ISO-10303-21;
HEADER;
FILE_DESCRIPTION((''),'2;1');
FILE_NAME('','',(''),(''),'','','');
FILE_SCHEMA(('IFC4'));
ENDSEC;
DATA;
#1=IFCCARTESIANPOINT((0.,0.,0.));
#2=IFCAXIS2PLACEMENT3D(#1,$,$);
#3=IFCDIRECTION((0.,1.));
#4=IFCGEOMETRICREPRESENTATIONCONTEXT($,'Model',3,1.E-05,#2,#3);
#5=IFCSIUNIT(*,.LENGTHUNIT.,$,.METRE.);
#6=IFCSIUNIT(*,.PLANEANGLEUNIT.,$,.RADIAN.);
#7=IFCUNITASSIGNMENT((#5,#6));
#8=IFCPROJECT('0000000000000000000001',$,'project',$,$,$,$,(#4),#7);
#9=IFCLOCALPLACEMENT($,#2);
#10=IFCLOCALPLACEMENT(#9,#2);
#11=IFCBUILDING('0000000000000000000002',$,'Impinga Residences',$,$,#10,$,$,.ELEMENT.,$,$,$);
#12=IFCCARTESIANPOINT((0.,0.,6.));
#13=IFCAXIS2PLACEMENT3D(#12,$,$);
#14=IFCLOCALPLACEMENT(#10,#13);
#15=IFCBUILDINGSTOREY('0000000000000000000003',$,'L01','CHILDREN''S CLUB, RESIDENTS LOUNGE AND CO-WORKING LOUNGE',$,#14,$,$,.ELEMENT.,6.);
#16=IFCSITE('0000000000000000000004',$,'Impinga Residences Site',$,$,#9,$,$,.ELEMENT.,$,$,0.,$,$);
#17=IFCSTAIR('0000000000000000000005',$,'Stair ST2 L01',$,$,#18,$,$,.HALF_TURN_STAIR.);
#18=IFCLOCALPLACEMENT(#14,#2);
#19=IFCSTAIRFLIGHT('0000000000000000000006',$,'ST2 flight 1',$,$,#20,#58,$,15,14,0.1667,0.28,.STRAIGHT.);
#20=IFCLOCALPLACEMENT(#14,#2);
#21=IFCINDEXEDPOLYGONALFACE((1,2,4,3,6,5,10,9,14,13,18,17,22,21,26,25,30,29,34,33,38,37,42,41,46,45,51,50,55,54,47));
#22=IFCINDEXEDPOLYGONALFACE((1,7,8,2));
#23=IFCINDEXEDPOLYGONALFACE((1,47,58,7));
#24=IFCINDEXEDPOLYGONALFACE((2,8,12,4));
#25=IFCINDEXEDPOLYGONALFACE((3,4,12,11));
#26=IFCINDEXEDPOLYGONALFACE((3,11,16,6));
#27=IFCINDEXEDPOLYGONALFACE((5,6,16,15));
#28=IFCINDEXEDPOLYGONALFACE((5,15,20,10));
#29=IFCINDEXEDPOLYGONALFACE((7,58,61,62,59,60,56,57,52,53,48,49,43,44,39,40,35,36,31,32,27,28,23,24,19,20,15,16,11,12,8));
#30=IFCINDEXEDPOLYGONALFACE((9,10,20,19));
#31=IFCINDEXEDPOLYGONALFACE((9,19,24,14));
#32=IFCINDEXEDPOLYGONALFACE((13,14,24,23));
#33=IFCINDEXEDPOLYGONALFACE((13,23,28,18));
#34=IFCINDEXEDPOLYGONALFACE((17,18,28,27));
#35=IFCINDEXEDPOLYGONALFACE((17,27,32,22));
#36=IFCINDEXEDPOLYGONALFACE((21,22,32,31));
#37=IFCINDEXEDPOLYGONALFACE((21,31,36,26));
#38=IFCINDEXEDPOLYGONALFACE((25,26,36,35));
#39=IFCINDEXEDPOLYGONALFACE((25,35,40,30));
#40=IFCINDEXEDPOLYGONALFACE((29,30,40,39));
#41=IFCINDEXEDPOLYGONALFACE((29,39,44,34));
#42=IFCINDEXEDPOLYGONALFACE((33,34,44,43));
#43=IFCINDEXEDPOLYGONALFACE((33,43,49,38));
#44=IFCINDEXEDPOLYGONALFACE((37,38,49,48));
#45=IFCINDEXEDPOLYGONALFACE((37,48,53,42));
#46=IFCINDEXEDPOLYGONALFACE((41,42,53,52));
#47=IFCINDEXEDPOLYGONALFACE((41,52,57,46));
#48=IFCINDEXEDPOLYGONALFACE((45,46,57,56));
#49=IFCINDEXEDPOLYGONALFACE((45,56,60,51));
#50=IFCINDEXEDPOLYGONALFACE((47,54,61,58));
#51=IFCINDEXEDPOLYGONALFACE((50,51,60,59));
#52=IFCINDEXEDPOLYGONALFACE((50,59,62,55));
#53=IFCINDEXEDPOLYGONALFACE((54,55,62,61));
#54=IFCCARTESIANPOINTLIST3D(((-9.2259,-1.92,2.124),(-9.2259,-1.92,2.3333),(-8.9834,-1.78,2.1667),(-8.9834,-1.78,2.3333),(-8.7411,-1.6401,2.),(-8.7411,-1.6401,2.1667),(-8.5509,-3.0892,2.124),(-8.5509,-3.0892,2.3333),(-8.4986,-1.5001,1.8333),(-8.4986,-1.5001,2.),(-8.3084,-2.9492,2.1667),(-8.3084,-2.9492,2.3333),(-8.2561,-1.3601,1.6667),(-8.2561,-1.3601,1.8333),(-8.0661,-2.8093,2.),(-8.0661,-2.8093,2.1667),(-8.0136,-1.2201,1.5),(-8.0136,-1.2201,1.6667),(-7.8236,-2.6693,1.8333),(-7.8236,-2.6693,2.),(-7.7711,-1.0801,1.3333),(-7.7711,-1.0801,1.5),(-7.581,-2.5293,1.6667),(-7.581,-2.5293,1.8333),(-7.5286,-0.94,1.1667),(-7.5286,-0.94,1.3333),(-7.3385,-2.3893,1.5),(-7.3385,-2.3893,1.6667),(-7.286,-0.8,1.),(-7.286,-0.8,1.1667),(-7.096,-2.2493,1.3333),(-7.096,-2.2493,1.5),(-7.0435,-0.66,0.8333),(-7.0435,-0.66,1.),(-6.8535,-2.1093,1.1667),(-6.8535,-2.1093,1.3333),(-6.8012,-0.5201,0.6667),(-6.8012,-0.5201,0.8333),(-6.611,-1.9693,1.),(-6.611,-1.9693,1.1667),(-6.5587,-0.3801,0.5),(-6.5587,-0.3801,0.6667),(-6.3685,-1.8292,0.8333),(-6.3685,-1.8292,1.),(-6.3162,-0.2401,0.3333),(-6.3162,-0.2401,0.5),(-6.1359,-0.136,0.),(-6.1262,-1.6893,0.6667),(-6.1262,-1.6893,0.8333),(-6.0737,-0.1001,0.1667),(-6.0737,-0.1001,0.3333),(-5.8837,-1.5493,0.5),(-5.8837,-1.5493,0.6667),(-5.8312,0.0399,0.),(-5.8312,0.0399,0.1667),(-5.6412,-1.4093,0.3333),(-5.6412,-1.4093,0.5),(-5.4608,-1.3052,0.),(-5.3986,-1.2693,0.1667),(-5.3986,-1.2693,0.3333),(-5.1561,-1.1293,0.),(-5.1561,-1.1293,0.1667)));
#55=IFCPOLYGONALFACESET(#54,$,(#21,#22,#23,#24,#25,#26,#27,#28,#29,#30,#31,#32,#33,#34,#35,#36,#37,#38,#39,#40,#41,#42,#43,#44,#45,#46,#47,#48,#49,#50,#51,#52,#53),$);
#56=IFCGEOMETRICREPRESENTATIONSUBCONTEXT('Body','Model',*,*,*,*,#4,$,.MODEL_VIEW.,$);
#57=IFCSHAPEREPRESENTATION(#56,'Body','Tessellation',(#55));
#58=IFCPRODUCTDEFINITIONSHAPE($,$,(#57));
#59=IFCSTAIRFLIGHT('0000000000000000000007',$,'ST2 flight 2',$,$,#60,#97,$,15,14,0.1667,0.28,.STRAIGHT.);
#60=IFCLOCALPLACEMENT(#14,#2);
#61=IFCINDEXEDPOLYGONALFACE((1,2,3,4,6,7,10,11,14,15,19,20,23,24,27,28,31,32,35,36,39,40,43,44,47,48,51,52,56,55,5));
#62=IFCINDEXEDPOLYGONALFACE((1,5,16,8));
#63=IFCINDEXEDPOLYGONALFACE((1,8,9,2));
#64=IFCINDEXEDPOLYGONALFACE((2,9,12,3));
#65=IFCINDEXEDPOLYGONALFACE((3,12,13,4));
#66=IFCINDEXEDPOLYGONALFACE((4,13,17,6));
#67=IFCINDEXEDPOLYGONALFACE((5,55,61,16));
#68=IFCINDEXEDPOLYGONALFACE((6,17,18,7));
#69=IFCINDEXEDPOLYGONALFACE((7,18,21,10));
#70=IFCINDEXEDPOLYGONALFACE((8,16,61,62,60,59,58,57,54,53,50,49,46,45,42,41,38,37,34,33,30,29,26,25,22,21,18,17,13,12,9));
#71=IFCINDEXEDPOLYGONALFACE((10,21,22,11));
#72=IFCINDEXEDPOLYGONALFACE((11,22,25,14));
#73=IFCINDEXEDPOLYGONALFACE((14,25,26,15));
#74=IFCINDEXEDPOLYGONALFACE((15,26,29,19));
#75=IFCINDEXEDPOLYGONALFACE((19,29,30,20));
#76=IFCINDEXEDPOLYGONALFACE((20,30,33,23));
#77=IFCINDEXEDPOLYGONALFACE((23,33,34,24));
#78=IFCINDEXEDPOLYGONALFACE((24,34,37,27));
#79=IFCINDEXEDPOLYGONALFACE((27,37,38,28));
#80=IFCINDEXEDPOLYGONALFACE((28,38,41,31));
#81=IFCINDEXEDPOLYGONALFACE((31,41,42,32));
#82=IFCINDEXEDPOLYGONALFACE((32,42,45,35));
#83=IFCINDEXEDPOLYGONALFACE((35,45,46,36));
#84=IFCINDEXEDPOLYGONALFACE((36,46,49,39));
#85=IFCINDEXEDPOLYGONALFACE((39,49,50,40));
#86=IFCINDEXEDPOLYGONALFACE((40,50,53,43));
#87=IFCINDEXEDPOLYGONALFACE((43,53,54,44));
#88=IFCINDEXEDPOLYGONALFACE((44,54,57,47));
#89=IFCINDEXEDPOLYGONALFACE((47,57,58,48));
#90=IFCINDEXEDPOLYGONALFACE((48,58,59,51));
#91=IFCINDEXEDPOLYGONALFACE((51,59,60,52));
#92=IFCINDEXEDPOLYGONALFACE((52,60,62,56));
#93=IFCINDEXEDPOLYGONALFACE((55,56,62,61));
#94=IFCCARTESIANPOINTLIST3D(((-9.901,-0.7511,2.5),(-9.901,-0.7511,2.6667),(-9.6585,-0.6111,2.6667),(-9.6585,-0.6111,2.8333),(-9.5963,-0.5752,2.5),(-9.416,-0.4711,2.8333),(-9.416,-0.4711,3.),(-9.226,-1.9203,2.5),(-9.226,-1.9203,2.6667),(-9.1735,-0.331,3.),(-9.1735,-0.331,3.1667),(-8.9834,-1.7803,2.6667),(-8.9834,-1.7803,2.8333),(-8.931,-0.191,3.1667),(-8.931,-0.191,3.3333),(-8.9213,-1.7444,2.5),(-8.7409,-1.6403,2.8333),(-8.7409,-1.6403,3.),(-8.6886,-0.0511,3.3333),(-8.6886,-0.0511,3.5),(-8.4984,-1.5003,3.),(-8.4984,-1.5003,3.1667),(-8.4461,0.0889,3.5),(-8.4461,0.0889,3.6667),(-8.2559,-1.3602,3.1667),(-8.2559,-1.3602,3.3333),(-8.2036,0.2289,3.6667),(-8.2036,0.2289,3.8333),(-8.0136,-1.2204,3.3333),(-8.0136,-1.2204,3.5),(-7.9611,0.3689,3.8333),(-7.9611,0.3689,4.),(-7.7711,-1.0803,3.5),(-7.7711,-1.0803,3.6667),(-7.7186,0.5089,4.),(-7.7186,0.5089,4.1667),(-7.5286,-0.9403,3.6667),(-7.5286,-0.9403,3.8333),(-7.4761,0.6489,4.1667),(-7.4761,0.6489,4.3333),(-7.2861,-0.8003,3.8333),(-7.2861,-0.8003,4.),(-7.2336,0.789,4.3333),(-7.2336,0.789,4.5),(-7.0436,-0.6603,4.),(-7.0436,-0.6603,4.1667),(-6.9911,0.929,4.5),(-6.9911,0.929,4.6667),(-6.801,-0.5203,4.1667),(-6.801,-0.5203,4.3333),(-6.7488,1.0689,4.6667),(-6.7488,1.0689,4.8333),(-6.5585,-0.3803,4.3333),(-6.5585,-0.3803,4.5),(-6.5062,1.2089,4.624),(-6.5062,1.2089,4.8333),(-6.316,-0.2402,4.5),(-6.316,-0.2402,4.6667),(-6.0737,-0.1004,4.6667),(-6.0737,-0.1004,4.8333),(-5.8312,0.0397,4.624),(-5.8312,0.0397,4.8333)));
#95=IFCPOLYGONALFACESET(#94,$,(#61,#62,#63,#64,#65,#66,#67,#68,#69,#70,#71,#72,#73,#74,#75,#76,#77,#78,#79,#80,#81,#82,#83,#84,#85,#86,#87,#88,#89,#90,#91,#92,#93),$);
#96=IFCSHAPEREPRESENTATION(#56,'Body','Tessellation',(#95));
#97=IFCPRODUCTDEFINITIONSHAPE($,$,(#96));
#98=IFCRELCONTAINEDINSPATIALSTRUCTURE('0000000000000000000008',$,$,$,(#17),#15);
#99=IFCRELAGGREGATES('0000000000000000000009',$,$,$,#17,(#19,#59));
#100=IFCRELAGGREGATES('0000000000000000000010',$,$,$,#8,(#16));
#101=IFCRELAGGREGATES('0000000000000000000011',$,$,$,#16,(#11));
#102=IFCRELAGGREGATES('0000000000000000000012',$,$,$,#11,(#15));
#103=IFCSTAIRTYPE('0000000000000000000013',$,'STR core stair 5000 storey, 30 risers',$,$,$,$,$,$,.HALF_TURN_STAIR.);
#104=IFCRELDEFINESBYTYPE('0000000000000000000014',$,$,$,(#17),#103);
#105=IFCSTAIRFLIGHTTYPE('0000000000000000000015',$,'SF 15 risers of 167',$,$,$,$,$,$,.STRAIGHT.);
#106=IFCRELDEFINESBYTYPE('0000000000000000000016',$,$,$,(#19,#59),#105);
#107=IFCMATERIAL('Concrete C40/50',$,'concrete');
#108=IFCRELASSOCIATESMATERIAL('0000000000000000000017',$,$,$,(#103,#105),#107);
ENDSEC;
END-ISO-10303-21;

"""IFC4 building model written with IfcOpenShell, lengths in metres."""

from ifc_helpers import new_model, si_unit, direction, frame, origin, place, context, subcontext, project, spatial, polyline, outline, extrude, material, type_object, element, aggregate, save


model = new_model("IFC4")

# Units and contexts
model_context = context("Model", 3, precision=1e-05, world=origin(), true_north=direction((0.0, 1.0)))
body_context = subcontext(model_context, "Body", "Model", "MODEL_VIEW")
ifc_project = project(units=[si_unit("LENGTHUNIT", "METRE"), si_unit("PLANEANGLEUNIT", "RADIAN")], contexts=[model_context])

# Site, building, storey
site_placement = place(None, origin())
site = spatial("IfcSite", under=ifc_project, at=site_placement, Name="Impinga Residences Site", CompositionType="ELEMENT", RefElevation=0.0)
building_placement = place(site_placement, origin())
building = spatial("IfcBuilding", under=site, at=building_placement, Name="Impinga Residences", CompositionType="ELEMENT")
storey_placement = place(building_placement, frame((0.0, 0.0, 6.0)))
storey = spatial("IfcBuildingStorey", under=building, at=storey_placement, Name="L01", Description="CHILDREN'S CLUB, RESIDENTS LOUNGE AND CO-WORKING LOUNGE", CompositionType="ELEMENT", Elevation=6.0)

# Stair, stair flights
ifc_material_1 = material(Name="Concrete C40/50", Category="concrete")
stair_type = type_object("IfcStairType", Name="STR core stair 5000 storey, 30 risers", PredefinedType="HALF_TURN_STAIR", material=ifc_material_1)
stair_placement = place(storey_placement, origin())
stair = element("IfcStair", 1, at=stair_placement, inside=storey, type_object=stair_type, Name="Stair ST2 L01", PredefinedType="HALF_TURN_STAIR")
stair_flight_type = type_object("IfcStairFlightType", Name="SF 15 risers of 167", PredefinedType="STRAIGHT", material=ifc_material_1)
stair_flight_1_placement = place(storey_placement, frame((-5.4937, -0.5447, 0.0), z_axis=(0.0, 0.0, 1.0), x_axis=(-0.866025, -0.5, 0.0)))
stair_flight_1 = element("IfcStairFlight", 2, at=stair_flight_1_placement, type_object=stair_flight_type, Name="ST2 flight 1", NumberOfRisers=15, NumberOfTreads=14, PredefinedType="STRAIGHT", RiserHeight=0.1667, TreadLength=0.28, context=body_context, shape_type="SweptSolid", body=[
    extrude(outline(polyline([(0.0, 0.0), (0.0, 0.1667), (0.28, 0.1667), (0.28, 0.3333), (0.5601, 0.3333), (0.5601, 0.5), (0.8401, 0.5), (0.8401, 0.6667), (1.1201, 0.6667), (1.1201, 0.8333), (1.3999, 0.8333), (1.3999, 1.0), (1.6799, 1.0), (1.6799, 1.1667), (1.96, 1.1667), (1.96, 1.3333), (2.24, 1.3333), (2.24, 1.5), (2.52, 1.5), (2.52, 1.6667), (2.8, 1.6667), (2.8, 1.8333), (3.0801, 1.8333), (3.0801, 2.0), (3.3601, 2.0), (3.3601, 2.1667), (3.6399, 2.1667), (3.6399, 2.3333), (3.9199, 2.3333), (3.9199, 2.5), (3.9199, 2.124), (0.3518, 0.0), (0.0, 0.0)])), frame((0.0, 0.675, 0.0), z_axis=(0.0, -1.0, 0.0), x_axis=(1.0, 0.0, 0.0)), (0.0, 0.0, 1.0), 1.3501),
])
stair_flight_2_placement = place(storey_placement, frame((-9.5635, -1.3357, 2.5), z_axis=(0.0, 0.0, 1.0), x_axis=(0.866025, 0.5, 0.0)))
stair_flight_2 = element("IfcStairFlight", 3, at=stair_flight_2_placement, type_object=stair_flight_type, Name="ST2 flight 2", NumberOfRisers=15, NumberOfTreads=14, PredefinedType="STRAIGHT", RiserHeight=0.1667, TreadLength=0.28, context=body_context, shape_type="SweptSolid", body=[
    extrude(outline(polyline([(0.0, 0.0), (0.0, 0.1667), (0.28, 0.1667), (0.28, 0.3333), (0.5601, 0.3333), (0.5601, 0.5), (0.8401, 0.5), (0.8401, 0.6667), (1.1201, 0.6667), (1.1201, 0.8333), (1.3999, 0.8333), (1.3999, 1.0), (1.6799, 1.0), (1.6799, 1.1667), (1.96, 1.1667), (1.96, 1.3333), (2.24, 1.3333), (2.24, 1.5), (2.52, 1.5), (2.52, 1.6667), (2.8, 1.6667), (2.8, 1.8333), (3.0801, 1.8333), (3.0801, 2.0), (3.3601, 2.0), (3.3601, 2.1667), (3.6399, 2.1667), (3.6399, 2.3333), (3.9199, 2.3333), (3.9199, 2.5), (3.9199, 2.124), (0.3518, 0.0), (0.0, 0.0)])), frame((0.0, 0.675, 0.0), z_axis=(0.0, -1.0, 0.0), x_axis=(1.0, 0.0, 0.0)), (0.0, 0.0, 1.0), 1.3501),
])
aggregate(stair, [stair_flight_1, stair_flight_2])

save(model, "model.ifc")
